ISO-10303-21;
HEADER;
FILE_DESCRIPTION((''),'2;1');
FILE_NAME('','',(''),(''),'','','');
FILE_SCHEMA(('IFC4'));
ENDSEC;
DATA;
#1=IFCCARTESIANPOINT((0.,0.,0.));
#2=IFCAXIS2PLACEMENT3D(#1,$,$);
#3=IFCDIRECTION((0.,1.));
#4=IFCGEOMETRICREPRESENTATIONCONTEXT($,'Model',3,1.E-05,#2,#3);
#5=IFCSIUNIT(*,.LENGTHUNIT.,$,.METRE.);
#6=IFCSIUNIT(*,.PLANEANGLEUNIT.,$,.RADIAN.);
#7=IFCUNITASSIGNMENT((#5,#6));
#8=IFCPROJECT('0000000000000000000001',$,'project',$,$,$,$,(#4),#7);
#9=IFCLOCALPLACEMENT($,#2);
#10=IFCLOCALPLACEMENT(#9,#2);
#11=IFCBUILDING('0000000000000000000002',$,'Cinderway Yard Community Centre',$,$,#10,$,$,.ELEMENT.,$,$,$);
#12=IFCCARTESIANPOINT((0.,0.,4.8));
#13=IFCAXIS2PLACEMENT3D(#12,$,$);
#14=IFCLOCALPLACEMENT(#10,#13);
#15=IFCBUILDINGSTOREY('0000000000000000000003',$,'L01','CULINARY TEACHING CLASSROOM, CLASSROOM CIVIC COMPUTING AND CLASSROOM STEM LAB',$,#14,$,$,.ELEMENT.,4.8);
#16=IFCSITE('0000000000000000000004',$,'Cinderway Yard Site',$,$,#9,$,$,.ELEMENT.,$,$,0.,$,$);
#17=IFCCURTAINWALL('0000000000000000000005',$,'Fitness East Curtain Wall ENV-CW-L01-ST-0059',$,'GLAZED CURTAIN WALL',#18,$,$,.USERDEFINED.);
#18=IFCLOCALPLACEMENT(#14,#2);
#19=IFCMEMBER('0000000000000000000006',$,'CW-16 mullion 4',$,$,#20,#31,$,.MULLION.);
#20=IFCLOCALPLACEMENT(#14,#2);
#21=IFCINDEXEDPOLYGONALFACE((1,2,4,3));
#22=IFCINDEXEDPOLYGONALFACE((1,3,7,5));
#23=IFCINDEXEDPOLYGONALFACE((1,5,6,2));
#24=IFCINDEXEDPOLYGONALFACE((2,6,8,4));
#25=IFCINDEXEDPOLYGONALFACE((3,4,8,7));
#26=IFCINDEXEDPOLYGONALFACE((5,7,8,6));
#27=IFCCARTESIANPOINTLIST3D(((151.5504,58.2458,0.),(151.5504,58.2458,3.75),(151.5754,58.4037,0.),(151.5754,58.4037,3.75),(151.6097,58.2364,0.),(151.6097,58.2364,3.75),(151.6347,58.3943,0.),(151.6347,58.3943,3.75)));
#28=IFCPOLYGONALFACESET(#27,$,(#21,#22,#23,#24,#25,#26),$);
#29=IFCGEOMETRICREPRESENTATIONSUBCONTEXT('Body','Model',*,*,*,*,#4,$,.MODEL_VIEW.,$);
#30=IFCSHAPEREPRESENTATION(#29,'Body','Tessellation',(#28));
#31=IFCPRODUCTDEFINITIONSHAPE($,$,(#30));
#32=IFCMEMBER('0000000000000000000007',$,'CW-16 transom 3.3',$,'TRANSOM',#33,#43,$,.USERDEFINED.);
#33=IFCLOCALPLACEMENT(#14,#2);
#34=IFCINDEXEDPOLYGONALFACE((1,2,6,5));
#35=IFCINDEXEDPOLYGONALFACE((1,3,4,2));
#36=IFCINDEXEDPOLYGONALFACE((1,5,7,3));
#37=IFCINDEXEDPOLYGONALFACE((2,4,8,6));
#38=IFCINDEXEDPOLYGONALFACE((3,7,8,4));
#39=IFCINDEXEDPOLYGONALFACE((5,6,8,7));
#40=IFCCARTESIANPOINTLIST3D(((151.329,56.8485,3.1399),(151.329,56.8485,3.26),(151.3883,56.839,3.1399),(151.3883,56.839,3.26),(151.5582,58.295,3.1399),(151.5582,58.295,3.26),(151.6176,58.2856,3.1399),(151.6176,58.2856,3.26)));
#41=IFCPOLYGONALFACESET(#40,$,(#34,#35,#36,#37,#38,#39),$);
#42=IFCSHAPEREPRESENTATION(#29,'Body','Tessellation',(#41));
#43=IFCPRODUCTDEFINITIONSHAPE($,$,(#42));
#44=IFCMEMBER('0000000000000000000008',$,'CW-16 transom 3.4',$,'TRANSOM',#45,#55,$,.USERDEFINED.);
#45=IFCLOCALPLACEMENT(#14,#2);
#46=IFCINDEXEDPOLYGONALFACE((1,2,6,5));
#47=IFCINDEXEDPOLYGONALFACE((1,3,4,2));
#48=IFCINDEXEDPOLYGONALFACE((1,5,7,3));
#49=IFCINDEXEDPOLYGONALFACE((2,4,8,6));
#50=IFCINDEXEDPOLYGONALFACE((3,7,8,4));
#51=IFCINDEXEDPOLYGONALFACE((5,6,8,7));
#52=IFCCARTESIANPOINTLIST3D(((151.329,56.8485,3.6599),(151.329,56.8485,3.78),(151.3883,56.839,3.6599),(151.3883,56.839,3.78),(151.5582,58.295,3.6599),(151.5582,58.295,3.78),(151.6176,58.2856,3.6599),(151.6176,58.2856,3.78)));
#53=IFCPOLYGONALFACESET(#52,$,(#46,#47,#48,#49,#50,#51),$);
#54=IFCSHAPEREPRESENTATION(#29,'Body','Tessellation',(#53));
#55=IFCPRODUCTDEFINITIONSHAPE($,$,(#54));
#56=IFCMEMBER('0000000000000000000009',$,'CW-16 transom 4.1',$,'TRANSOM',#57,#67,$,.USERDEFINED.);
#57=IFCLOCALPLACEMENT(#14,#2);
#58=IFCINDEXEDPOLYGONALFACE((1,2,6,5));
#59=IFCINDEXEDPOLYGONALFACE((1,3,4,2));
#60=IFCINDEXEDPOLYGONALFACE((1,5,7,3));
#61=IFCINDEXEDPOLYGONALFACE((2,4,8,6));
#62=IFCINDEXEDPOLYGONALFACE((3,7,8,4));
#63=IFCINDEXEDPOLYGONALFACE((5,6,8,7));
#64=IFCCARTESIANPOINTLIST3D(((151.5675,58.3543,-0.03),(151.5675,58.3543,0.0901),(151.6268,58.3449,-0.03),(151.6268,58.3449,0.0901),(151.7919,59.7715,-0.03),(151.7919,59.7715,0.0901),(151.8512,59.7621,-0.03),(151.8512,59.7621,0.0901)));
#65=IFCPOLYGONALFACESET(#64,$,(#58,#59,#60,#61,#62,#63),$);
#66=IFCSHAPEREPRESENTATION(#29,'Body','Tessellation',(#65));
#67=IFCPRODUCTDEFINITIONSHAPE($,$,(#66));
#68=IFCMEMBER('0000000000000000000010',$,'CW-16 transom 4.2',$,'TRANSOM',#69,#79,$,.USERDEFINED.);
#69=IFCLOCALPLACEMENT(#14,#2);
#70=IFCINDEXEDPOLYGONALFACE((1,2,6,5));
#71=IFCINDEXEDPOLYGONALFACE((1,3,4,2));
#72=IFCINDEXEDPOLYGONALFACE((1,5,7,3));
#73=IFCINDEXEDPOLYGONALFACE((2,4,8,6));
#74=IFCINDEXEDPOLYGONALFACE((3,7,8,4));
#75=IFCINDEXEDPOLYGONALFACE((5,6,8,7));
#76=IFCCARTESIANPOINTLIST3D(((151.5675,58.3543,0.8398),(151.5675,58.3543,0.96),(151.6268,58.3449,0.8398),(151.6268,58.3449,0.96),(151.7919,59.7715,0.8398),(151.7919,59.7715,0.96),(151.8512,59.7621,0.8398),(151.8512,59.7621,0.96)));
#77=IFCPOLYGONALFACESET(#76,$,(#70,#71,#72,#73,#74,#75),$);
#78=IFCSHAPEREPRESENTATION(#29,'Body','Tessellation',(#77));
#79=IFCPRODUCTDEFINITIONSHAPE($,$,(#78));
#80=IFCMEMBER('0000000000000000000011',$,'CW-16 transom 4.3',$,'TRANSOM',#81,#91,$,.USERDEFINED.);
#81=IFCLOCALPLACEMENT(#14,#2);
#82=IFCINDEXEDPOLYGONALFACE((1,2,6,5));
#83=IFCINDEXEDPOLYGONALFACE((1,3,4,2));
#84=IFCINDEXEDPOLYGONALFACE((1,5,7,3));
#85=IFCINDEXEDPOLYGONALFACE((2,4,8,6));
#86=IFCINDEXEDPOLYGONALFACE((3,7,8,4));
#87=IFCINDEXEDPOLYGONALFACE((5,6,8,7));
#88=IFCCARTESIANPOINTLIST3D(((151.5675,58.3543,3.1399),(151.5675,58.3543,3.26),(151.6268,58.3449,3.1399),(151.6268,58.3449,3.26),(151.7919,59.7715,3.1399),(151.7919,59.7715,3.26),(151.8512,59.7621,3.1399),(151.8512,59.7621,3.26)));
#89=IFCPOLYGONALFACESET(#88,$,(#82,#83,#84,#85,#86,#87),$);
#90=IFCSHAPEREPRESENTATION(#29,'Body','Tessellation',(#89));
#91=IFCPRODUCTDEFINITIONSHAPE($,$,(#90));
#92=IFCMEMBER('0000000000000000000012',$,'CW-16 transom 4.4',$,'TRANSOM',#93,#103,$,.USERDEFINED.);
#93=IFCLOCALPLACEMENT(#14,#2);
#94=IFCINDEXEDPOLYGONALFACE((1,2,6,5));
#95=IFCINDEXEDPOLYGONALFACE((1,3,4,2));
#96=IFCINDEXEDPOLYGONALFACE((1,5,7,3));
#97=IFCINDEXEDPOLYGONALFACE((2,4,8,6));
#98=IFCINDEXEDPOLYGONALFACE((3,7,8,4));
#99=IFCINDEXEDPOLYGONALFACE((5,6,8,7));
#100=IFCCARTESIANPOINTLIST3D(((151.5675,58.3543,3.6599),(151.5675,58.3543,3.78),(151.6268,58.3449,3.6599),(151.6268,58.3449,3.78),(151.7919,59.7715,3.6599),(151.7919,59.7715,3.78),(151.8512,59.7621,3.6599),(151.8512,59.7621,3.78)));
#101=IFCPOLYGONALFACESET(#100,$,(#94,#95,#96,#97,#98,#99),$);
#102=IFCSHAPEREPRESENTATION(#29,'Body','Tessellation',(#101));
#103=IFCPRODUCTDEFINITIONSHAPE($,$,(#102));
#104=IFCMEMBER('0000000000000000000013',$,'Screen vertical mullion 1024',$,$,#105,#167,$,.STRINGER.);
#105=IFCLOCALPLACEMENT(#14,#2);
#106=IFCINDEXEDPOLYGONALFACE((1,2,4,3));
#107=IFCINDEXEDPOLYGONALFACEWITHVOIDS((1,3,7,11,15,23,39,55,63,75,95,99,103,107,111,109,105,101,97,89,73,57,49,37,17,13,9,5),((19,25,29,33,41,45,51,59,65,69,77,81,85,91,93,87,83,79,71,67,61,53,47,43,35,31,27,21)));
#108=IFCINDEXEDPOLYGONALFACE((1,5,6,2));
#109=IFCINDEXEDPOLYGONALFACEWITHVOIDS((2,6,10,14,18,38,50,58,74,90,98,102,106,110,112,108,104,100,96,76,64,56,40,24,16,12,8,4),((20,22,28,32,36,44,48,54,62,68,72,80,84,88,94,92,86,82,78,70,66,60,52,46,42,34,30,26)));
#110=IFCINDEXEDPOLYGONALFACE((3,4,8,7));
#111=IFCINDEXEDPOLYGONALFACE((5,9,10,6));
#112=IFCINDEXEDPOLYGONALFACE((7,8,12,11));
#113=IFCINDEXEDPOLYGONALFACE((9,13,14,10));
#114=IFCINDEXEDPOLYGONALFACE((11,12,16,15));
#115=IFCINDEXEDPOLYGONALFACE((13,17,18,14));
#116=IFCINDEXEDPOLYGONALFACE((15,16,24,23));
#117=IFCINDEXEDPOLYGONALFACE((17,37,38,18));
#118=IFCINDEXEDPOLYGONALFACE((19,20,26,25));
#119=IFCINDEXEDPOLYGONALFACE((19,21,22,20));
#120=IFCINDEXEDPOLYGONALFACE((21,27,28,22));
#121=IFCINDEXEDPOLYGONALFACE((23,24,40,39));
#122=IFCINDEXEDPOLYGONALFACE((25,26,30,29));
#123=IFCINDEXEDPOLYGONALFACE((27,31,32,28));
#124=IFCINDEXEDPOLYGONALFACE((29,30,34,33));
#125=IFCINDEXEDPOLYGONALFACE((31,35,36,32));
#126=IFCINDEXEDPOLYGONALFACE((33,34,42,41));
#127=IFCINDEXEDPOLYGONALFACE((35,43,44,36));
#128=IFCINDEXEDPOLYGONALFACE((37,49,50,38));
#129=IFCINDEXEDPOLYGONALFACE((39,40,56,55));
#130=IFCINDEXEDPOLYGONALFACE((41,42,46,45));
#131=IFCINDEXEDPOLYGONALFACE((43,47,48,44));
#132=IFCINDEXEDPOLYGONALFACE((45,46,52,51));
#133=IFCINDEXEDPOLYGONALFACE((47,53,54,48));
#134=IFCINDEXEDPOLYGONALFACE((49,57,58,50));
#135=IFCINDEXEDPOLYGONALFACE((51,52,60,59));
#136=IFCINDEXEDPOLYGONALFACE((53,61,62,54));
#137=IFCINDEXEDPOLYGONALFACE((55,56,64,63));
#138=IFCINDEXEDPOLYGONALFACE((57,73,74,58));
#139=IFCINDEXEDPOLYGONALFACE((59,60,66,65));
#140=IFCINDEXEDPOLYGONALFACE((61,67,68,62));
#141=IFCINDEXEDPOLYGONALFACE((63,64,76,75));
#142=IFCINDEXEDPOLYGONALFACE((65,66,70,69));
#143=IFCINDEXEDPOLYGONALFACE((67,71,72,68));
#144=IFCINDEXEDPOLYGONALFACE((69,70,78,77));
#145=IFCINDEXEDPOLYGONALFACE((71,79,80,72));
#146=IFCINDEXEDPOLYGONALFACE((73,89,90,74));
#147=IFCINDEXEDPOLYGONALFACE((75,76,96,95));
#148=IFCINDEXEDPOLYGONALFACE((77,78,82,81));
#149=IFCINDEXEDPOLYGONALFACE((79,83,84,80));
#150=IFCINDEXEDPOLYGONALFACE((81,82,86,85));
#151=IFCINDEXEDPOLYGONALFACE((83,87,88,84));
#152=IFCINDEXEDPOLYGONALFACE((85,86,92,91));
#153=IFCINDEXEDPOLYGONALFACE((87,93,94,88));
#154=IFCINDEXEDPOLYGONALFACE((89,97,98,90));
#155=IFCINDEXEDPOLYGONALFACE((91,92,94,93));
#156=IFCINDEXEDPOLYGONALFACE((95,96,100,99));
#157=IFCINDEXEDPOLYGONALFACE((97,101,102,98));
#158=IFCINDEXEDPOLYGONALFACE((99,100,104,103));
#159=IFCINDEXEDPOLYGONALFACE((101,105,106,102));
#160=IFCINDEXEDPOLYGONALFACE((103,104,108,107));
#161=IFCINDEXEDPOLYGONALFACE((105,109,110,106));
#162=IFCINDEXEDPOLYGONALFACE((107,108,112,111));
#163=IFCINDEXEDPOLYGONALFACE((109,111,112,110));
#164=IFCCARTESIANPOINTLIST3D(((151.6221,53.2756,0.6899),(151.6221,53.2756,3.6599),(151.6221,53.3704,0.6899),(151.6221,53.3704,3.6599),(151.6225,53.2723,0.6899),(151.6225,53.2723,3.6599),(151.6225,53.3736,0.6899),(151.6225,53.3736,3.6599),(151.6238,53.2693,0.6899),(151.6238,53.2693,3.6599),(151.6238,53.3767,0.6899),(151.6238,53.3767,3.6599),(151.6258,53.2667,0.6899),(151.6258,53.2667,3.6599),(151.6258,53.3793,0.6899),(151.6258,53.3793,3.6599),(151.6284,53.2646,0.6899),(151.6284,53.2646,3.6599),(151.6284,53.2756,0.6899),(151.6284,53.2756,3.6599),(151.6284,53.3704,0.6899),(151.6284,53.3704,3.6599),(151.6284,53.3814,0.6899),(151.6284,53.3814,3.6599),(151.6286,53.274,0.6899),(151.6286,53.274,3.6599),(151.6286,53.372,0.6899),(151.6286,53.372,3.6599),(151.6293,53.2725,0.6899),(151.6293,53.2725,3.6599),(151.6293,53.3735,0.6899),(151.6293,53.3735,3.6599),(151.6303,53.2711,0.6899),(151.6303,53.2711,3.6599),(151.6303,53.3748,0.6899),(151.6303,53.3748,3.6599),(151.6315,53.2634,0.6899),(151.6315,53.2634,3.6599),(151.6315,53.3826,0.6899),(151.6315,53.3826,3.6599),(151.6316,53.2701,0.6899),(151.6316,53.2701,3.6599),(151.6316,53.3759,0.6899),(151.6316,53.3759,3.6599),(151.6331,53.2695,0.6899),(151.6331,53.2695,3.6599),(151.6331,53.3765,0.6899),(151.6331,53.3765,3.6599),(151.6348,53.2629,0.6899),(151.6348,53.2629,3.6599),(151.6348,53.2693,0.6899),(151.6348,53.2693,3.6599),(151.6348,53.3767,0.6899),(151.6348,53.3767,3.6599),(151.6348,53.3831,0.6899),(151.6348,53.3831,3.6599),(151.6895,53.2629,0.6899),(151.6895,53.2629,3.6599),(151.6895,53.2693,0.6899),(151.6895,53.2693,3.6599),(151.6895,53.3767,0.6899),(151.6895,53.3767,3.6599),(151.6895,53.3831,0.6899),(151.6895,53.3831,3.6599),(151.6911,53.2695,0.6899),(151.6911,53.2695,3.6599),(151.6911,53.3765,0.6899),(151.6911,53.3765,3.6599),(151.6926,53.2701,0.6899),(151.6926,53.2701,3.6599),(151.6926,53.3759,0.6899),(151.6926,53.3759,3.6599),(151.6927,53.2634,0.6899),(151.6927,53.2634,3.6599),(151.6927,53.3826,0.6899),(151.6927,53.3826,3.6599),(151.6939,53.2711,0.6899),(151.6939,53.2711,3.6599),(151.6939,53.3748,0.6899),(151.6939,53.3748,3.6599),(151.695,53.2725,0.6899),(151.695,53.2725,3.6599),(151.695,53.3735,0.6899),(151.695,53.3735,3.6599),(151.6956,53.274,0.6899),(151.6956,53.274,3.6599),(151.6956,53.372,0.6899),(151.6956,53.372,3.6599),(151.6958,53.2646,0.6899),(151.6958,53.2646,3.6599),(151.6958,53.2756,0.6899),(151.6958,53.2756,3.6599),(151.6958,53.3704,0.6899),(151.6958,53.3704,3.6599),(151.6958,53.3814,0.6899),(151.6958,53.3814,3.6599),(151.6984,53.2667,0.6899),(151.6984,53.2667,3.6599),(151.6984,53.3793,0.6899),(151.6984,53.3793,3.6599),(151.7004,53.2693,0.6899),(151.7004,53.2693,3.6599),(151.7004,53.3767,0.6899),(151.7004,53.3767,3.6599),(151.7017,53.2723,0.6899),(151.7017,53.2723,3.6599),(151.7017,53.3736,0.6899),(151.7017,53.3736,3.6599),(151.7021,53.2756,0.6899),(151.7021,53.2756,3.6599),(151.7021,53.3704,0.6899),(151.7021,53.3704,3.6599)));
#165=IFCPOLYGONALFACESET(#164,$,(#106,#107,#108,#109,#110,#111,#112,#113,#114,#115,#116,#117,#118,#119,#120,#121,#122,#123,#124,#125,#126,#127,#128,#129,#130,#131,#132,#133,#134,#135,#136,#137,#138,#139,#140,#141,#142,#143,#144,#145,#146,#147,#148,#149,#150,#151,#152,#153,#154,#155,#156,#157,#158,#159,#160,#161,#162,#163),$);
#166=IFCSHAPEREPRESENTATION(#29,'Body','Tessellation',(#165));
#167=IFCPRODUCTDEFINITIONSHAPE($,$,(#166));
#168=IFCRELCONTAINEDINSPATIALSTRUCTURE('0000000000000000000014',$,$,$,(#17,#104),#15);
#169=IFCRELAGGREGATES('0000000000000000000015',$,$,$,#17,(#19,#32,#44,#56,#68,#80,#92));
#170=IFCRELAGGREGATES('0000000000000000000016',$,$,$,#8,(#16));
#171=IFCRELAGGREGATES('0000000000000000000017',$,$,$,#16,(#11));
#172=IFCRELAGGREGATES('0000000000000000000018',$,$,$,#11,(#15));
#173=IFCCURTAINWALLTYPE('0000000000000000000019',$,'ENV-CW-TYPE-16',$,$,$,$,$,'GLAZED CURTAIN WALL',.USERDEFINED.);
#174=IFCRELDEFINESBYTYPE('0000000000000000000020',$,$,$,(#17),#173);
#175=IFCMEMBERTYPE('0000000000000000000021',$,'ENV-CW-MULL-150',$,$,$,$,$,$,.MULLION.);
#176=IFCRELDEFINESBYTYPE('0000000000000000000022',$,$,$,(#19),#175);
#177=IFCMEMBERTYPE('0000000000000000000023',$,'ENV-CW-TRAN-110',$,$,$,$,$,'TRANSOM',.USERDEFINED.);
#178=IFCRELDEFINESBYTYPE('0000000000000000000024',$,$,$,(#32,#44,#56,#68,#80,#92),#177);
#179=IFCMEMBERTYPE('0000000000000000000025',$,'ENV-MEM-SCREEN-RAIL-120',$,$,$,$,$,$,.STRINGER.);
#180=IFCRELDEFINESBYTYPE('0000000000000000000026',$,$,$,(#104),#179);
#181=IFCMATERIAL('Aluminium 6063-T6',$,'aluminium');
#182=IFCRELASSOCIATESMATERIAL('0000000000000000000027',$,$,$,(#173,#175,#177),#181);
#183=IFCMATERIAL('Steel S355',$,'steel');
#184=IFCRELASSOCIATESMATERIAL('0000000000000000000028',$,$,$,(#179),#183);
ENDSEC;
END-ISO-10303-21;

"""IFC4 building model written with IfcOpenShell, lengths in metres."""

from ifc_helpers import new_model, si_unit, direction, frame, origin, origin_2d, place, context, subcontext, project, spatial, rectangle, hollow_rectangle, extrude, material, material_profile, profile_set, type_object, element, aggregate, save


model = new_model("IFC4")

# Units and contexts
model_context = context("Model", 3, precision=1e-05, world=origin(), true_north=direction((0.0, 1.0)))
body_context = subcontext(model_context, "Body", "Model", "MODEL_VIEW")
ifc_project = project(units=[si_unit("LENGTHUNIT", "METRE"), si_unit("PLANEANGLEUNIT", "RADIAN")], contexts=[model_context])

# Site, building, storey
site_placement = place(None, origin())
site = spatial("IfcSite", under=ifc_project, at=site_placement, Name="Cinderway Yard Site", CompositionType="ELEMENT", RefElevation=0.0)
building_placement = place(site_placement, origin())
building = spatial("IfcBuilding", under=site, at=building_placement, Name="Cinderway Yard Community Centre", CompositionType="ELEMENT")
storey_placement = place(building_placement, frame((0.0, 0.0, 4.8)))
storey = spatial("IfcBuildingStorey", under=building, at=storey_placement, Name="L01", Description="CULINARY TEACHING CLASSROOM, CLASSROOM CIVIC COMPUTING AND CLASSROOM STEM LAB", CompositionType="ELEMENT", Elevation=4.8)

# Curtain wall, members
ifc_material_1 = material(Name="Aluminium 6063-T6", Category="aluminium")
curtain_wall_type = type_object("IfcCurtainWallType", Name="ENV-CW-TYPE-16", ElementType="GLAZED CURTAIN WALL", PredefinedType="USERDEFINED", material=ifc_material_1)
curtain_wall_placement = place(storey_placement, origin())
curtain_wall = element("IfcCurtainWall", 1, at=curtain_wall_placement, inside=storey, type_object=curtain_wall_type, Name="Fitness East Curtain Wall ENV-CW-L01-ST-0059", ObjectType="GLAZED CURTAIN WALL", PredefinedType="USERDEFINED")
ifc_material_profile_1 = material_profile(ifc_material_1, rectangle(XDim=0.0601, YDim=0.1599, at=origin_2d()), Name="Aluminium 6063-T6")
ifc_profile_set_1 = profile_set([ifc_material_profile_1], Name="Aluminium 6063-T6")
member_type_1 = type_object("IfcMemberType", Name="ENV-CW-MULL-150", PredefinedType="MULLION", material=ifc_profile_set_1)
member_1_placement = place(storey_placement, frame((151.5925, 58.3201, 0.0), z_axis=(0.0, 0.0, 1.0), x_axis=(-0.987691, 0.156417, 0.0)))
member_1 = element("IfcMember", 2, at=member_1_placement, type_object=member_type_1, Name="CW-16 mullion 4", PredefinedType="MULLION", context=body_context, shape_type="SweptSolid", body=[
    extrude(rectangle(XDim=0.0601, YDim=0.1599, at=origin_2d()), origin(), (0.0, 0.0, 1.0), 3.75),
])
ifc_material_profile_2 = material_profile(ifc_material_1, rectangle(XDim=0.0601, YDim=0.1201, at=origin_2d()), Name="Aluminium 6063-T6")
ifc_profile_set_2 = profile_set([ifc_material_profile_2], Name="Aluminium 6063-T6")
member_type_2 = type_object("IfcMemberType", Name="ENV-CW-TRAN-110", ElementType="TRANSOM", PredefinedType="USERDEFINED", material=ifc_profile_set_2)
member_2_placement = place(storey_placement, frame((151.3586, 56.8438, 3.2), z_axis=(0.156528, 0.987674, 0.0), x_axis=(-0.987674, 0.156528, 0.0)))
member_2 = element("IfcMember", 3, at=member_2_placement, type_object=member_type_2, Name="CW-16 transom 3.3", ObjectType="TRANSOM", PredefinedType="USERDEFINED", context=body_context, shape_type="SweptSolid", body=[
    extrude(rectangle(XDim=0.0601, YDim=0.1201, at=origin_2d()), origin(), (0.0, 0.0, 1.0), 1.4646),
])
member_3_placement = place(storey_placement, frame((151.3586, 56.8438, 3.72), z_axis=(0.156528, 0.987674, 0.0), x_axis=(-0.987674, 0.156528, 0.0)))
member_3 = element("IfcMember", 4, at=member_3_placement, type_object=member_type_2, Name="CW-16 transom 3.4", ObjectType="TRANSOM", PredefinedType="USERDEFINED", context=body_context, shape_type="SweptSolid", body=[
    extrude(rectangle(XDim=0.0601, YDim=0.1201, at=origin_2d()), origin(), (0.0, 0.0, 1.0), 1.4646),
])
member_4_placement = place(storey_placement, frame((151.5972, 58.3496, 0.03), z_axis=(0.156364, 0.987699, 0.0), x_axis=(-0.987699, 0.156364, 0.0)))
member_4 = element("IfcMember", 5, at=member_4_placement, type_object=member_type_2, Name="CW-16 transom 4.1", ObjectType="TRANSOM", PredefinedType="USERDEFINED", context=body_context, shape_type="SweptSolid", body=[
    extrude(rectangle(XDim=0.0601, YDim=0.1201, at=origin_2d()), origin(), (0.0, 0.0, 1.0), 1.4348),
])
member_5_placement = place(storey_placement, frame((151.5972, 58.3496, 0.8999), z_axis=(0.156364, 0.987699, 0.0), x_axis=(-0.987699, 0.156364, 0.0)))
member_5 = element("IfcMember", 6, at=member_5_placement, type_object=member_type_2, Name="CW-16 transom 4.2", ObjectType="TRANSOM", PredefinedType="USERDEFINED", context=body_context, shape_type="SweptSolid", body=[
    extrude(rectangle(XDim=0.0601, YDim=0.1201, at=origin_2d()), origin(), (0.0, 0.0, 1.0), 1.4348),
])
member_6_placement = place(storey_placement, frame((151.5972, 58.3496, 3.2), z_axis=(0.156364, 0.987699, 0.0), x_axis=(-0.987699, 0.156364, 0.0)))
member_6 = element("IfcMember", 7, at=member_6_placement, type_object=member_type_2, Name="CW-16 transom 4.3", ObjectType="TRANSOM", PredefinedType="USERDEFINED", context=body_context, shape_type="SweptSolid", body=[
    extrude(rectangle(XDim=0.0601, YDim=0.1201, at=origin_2d()), origin(), (0.0, 0.0, 1.0), 1.4348),
])
member_7_placement = place(storey_placement, frame((151.5972, 58.3496, 3.72), z_axis=(0.156364, 0.987699, 0.0), x_axis=(-0.987699, 0.156364, 0.0)))
member_7 = element("IfcMember", 8, at=member_7_placement, type_object=member_type_2, Name="CW-16 transom 4.4", ObjectType="TRANSOM", PredefinedType="USERDEFINED", context=body_context, shape_type="SweptSolid", body=[
    extrude(rectangle(XDim=0.0601, YDim=0.1201, at=origin_2d()), origin(), (0.0, 0.0, 1.0), 1.4348),
])

# Member
ifc_material_2 = material(Name="Steel S355", Category="steel")
ifc_material_profile_3 = material_profile(ifc_material_2, hollow_rectangle(XDim=0.0801, YDim=0.1201, WallThickness=0.0063, InnerFilletRadius=0.0063, OuterFilletRadius=0.0127, at=origin_2d()), Name="Steel S355")
ifc_profile_set_3 = profile_set([ifc_material_profile_3], Name="Steel S355")
member_type_3 = type_object("IfcMemberType", Name="ENV-MEM-SCREEN-RAIL-120", PredefinedType="STRINGER", material=ifc_profile_set_3)
member_8_placement = place(storey_placement, frame((151.6621, 53.323, 0.6899), z_axis=(0.0, 0.0, 1.0), x_axis=(1.0, 0.0, 0.0)))
element("IfcMember", 9, at=member_8_placement, inside=storey, type_object=member_type_3, Name="Screen vertical mullion 1024", PredefinedType="STRINGER", context=body_context, shape_type="SweptSolid", body=[
    extrude(hollow_rectangle(XDim=0.0801, YDim=0.1201, WallThickness=0.0063, InnerFilletRadius=0.0063, OuterFilletRadius=0.0127, at=origin_2d()), origin(), (0.0, 0.0, 1.0), 2.97),
])

aggregate(curtain_wall, [member_1, member_2, member_3, member_4, member_5, member_6, member_7])

save(model, "model.ifc")
